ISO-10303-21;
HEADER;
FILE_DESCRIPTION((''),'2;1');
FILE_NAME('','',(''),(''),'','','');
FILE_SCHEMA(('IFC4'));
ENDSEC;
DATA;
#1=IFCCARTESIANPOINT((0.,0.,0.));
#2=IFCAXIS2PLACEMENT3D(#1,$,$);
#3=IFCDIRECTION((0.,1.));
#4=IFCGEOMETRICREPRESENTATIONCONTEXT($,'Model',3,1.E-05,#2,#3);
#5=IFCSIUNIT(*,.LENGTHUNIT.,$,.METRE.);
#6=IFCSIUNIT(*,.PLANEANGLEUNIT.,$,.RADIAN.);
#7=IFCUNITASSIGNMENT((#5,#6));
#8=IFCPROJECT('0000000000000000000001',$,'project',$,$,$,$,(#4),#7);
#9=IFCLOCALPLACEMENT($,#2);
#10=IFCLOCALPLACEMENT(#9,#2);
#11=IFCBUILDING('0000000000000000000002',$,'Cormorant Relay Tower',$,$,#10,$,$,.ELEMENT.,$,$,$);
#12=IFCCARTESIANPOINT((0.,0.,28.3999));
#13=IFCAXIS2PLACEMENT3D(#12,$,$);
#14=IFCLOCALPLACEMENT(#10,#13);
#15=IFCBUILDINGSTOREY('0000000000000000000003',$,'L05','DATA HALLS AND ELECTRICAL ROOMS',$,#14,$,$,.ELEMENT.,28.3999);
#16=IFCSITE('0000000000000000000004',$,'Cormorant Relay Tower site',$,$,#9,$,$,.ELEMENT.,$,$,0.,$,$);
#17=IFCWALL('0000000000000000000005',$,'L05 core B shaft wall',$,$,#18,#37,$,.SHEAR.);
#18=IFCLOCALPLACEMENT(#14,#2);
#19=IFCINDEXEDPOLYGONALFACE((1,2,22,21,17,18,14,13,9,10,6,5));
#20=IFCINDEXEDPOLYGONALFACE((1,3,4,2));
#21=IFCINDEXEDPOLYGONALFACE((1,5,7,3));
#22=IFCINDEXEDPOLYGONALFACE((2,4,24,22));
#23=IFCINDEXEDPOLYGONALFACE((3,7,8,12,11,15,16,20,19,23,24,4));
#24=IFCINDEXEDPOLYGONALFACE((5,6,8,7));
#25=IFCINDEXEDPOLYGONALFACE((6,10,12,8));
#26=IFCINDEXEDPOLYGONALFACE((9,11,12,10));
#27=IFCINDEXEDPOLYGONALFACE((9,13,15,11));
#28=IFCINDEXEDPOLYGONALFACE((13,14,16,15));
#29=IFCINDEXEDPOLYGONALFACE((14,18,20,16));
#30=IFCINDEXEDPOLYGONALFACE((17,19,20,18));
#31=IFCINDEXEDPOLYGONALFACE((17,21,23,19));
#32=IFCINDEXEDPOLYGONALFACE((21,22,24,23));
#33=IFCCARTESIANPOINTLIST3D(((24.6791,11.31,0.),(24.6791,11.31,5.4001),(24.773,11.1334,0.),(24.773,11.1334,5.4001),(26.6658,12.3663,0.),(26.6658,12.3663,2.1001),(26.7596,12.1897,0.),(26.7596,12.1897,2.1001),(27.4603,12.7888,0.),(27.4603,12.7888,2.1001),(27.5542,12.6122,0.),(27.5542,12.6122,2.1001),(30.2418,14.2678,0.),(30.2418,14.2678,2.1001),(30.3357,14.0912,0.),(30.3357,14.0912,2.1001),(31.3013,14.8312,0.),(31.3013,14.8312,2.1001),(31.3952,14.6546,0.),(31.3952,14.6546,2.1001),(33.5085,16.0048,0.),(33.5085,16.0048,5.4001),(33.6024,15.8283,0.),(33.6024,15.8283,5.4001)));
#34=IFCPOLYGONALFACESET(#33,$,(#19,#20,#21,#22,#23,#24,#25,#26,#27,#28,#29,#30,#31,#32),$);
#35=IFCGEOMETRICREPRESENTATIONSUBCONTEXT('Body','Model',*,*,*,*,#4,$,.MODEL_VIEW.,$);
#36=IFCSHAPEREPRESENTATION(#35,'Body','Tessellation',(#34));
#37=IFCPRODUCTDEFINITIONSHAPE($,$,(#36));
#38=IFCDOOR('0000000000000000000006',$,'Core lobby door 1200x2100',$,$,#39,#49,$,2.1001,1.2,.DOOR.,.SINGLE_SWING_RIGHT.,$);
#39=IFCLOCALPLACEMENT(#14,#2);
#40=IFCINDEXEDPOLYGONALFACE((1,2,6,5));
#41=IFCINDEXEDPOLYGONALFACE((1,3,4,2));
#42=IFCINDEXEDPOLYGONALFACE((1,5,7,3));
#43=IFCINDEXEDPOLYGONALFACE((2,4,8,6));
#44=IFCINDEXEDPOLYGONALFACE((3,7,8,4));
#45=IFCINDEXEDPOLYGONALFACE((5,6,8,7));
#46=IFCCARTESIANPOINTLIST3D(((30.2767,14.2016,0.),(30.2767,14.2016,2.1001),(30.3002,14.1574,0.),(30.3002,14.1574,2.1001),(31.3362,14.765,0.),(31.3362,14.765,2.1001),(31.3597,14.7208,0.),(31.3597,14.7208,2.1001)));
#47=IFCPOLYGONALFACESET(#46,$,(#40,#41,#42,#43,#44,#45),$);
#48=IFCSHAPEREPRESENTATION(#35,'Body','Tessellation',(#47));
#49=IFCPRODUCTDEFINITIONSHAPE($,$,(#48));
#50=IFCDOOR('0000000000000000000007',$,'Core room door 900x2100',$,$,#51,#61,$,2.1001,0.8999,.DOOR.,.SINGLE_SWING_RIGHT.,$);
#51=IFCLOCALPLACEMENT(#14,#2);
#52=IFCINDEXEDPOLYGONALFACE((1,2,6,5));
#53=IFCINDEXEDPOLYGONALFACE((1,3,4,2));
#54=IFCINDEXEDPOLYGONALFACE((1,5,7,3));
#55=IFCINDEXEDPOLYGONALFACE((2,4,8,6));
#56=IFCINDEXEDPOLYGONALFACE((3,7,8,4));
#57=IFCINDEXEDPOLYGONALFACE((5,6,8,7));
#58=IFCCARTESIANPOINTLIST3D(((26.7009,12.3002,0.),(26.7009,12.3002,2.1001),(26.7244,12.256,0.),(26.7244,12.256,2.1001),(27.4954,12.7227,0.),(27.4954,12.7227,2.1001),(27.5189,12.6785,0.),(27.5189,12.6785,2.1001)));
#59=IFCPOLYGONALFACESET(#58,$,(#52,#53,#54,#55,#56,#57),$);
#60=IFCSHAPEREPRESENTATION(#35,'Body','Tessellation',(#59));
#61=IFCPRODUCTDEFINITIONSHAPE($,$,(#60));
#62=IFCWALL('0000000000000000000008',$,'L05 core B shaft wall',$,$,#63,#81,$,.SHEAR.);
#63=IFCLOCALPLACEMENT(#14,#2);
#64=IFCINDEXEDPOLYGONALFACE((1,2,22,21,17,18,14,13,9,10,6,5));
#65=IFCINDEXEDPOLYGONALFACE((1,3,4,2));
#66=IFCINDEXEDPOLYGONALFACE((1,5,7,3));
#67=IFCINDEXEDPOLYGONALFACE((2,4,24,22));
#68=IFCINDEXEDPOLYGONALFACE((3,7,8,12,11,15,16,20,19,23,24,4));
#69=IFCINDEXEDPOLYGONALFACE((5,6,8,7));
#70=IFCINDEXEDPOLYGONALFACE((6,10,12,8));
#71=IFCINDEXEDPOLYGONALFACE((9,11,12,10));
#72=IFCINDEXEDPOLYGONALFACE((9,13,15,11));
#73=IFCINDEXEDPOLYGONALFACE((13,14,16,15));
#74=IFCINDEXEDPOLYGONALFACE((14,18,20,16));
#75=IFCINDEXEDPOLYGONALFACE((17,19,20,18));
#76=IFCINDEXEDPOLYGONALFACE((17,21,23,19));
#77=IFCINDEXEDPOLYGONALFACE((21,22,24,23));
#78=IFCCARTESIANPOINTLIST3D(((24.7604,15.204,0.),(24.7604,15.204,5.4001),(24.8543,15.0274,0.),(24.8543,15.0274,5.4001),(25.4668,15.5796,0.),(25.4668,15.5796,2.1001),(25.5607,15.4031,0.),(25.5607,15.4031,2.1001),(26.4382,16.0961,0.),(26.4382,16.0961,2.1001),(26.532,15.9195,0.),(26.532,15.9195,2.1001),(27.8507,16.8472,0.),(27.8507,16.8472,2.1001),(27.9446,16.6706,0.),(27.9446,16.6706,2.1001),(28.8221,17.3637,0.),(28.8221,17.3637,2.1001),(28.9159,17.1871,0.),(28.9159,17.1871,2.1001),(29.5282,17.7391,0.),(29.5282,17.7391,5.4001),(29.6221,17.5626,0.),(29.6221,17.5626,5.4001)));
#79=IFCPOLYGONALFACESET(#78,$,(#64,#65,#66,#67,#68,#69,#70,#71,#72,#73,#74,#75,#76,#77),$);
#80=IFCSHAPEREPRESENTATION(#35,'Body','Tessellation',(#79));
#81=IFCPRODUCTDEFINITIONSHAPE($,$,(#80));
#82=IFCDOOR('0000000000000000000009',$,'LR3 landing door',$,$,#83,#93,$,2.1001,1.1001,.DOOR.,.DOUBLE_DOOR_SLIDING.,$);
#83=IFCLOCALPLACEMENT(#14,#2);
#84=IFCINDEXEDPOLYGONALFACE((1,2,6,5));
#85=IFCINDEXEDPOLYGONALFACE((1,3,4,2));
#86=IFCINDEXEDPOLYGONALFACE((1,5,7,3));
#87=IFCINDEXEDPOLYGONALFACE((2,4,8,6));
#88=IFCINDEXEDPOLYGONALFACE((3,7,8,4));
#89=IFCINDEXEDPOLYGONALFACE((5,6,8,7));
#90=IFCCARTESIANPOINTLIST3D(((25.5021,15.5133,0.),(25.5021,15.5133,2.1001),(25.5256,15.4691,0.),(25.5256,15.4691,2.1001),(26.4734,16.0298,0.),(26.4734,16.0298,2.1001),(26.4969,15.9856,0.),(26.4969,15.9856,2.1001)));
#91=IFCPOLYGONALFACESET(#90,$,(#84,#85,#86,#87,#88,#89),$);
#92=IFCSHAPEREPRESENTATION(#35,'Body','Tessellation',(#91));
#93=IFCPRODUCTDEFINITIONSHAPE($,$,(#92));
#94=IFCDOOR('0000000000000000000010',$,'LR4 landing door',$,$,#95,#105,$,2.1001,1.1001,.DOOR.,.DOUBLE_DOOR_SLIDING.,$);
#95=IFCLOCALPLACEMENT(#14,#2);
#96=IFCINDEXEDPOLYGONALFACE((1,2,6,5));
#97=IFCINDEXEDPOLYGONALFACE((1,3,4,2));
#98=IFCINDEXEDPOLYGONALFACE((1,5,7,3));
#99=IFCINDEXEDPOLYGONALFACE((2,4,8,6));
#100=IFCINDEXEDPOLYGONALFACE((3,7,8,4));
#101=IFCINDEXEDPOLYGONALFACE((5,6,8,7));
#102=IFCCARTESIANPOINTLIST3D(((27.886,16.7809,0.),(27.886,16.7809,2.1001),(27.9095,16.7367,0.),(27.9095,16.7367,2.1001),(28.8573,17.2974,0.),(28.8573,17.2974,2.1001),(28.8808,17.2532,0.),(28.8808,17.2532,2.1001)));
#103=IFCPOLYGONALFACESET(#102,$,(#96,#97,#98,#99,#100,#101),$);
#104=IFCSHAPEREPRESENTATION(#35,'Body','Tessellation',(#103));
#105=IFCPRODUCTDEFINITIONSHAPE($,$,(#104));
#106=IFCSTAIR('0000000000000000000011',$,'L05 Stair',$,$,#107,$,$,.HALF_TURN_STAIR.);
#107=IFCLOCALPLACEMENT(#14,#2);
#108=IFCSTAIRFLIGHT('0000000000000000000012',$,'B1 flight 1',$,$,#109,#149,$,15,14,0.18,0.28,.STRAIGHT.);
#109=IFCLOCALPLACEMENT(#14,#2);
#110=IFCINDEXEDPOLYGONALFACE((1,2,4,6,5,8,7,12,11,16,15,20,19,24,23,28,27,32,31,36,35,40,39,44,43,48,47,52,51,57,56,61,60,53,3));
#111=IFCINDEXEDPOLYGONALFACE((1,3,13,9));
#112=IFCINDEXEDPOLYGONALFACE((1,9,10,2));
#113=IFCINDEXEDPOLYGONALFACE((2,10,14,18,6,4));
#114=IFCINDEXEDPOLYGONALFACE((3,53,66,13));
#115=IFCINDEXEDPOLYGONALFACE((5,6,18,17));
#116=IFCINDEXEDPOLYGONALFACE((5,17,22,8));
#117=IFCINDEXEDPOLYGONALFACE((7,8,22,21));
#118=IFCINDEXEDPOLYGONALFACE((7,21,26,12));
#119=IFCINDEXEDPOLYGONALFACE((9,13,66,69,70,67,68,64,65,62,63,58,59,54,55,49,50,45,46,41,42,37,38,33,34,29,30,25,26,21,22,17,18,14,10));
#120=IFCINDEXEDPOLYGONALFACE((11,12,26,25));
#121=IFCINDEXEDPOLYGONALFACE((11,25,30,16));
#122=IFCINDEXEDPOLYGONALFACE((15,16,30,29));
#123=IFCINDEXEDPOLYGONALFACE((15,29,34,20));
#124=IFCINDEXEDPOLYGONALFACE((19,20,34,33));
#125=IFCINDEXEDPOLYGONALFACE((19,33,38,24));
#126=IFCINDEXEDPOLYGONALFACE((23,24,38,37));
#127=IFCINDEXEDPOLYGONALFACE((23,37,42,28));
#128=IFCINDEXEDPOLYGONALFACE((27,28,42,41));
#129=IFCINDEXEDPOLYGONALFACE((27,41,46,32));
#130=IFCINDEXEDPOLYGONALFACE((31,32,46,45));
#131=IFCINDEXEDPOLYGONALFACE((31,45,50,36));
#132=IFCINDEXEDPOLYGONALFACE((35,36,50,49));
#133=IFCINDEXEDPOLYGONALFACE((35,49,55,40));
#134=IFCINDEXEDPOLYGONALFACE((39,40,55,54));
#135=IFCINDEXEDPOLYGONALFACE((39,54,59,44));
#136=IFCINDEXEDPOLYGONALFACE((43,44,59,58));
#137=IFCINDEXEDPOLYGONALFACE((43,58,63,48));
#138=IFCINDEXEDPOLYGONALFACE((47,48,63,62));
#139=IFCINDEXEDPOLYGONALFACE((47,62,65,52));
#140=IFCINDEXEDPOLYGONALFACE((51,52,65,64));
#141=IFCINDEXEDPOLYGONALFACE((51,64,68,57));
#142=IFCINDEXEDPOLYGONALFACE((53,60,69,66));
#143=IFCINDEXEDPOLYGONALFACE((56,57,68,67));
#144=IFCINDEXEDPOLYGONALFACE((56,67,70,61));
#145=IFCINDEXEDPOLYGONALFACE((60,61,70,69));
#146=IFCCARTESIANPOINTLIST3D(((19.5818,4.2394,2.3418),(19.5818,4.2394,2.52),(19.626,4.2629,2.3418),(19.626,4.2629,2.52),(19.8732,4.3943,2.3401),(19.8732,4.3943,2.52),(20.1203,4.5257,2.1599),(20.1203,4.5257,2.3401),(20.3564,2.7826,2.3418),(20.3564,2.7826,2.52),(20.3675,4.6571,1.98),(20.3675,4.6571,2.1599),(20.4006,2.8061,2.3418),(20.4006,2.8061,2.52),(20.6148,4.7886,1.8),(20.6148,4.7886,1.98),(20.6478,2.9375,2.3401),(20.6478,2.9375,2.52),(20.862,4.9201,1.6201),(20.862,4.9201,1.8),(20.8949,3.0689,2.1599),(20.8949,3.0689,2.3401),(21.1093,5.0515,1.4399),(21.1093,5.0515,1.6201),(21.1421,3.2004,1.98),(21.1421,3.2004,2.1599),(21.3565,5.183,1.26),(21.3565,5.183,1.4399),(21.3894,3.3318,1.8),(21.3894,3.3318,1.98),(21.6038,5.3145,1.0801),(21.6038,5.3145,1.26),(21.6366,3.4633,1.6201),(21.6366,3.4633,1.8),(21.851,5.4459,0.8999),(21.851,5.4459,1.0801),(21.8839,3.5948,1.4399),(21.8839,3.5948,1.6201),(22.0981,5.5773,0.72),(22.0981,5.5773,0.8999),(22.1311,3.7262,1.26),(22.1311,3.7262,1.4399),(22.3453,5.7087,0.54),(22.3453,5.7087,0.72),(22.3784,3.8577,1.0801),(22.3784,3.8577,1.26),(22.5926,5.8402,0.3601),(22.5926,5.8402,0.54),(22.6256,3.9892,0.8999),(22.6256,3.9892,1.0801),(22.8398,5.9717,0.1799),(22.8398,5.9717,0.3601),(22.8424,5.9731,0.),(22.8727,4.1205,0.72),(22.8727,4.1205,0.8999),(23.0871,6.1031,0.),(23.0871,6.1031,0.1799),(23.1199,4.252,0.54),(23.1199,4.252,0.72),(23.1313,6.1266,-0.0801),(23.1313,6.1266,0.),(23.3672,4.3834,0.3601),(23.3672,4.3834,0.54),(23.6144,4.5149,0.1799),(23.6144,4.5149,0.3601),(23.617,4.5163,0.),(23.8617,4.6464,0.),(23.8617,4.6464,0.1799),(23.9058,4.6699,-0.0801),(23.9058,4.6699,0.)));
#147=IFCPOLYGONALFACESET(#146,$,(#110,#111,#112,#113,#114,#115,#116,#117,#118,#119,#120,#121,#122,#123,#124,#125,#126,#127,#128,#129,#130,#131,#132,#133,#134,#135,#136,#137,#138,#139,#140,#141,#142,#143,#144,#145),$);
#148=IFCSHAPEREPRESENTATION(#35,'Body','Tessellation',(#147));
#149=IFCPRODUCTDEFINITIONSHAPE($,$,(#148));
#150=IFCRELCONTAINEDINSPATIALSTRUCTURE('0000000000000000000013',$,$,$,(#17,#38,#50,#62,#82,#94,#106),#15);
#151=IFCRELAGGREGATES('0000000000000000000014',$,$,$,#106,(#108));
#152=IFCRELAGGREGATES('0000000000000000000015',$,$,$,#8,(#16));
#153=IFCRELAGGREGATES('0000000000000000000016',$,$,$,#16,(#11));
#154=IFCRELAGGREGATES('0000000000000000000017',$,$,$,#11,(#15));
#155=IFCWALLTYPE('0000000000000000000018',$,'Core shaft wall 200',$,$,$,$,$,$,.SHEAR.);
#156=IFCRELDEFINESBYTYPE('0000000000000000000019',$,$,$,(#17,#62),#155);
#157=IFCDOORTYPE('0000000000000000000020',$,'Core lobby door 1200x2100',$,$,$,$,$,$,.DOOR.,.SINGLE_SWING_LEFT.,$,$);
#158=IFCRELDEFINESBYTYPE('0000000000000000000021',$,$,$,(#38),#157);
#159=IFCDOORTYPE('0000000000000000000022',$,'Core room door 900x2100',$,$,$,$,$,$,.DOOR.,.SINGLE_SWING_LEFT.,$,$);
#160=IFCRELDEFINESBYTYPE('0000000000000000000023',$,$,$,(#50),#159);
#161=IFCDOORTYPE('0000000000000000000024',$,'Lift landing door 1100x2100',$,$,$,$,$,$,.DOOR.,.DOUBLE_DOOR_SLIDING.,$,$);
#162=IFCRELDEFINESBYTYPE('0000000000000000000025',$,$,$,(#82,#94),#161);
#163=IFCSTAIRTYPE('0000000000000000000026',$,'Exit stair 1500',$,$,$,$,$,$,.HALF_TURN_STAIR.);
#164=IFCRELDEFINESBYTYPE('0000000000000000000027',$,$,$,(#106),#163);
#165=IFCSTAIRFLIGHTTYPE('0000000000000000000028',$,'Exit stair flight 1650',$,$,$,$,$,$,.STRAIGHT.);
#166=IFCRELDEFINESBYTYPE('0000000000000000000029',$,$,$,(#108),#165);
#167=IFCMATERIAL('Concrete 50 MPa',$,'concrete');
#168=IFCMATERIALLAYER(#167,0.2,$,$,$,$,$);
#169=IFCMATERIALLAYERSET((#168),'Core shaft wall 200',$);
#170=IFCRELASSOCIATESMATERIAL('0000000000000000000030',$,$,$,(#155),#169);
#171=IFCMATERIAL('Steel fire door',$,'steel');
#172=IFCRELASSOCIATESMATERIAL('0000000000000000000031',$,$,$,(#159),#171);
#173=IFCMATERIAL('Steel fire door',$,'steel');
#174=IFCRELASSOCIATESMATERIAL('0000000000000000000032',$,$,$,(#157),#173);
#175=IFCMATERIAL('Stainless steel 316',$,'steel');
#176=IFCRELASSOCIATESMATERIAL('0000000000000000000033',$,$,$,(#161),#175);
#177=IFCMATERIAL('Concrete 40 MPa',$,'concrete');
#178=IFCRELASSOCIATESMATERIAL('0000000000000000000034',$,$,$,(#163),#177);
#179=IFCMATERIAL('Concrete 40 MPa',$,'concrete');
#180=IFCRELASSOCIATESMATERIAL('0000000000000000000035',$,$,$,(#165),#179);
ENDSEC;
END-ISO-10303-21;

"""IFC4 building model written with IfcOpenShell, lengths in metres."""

from ifc_helpers import new_model, si_unit, direction, frame, frame_2d, origin, place, context, subcontext, project, spatial, polyline, rectangle, outline, extrude, material, layer, layer_set, type_object, element, fill, aggregate, save


model = new_model("IFC4")

# Units and contexts
model_context = context("Model", 3, precision=1e-05, world=origin(), true_north=direction((0.0, 1.0)))
body_context = subcontext(model_context, "Body", "Model", "MODEL_VIEW")
ifc_project = project(units=[si_unit("LENGTHUNIT", "METRE"), si_unit("PLANEANGLEUNIT", "RADIAN")], contexts=[model_context])

# Site, building, storey
site_placement = place(None, origin())
site = spatial("IfcSite", under=ifc_project, at=site_placement, Name="Cormorant Relay Tower site", CompositionType="ELEMENT", RefElevation=0.0)
building_placement = place(site_placement, origin())
building = spatial("IfcBuilding", under=site, at=building_placement, Name="Cormorant Relay Tower", CompositionType="ELEMENT")
storey_placement = place(building_placement, frame((0.0, 0.0, 28.3999)))
storey = spatial("IfcBuildingStorey", under=building, at=storey_placement, Name="L05", Description="DATA HALLS AND ELECTRICAL ROOMS", CompositionType="ELEMENT", Elevation=28.3999)

# Shared definitions
ifc_material_1 = material(Name="Concrete 50 MPa", Category="concrete")
ifc_layer_1 = layer(ifc_material_1, 0.2)
ifc_layer_set_1 = layer_set([ifc_layer_1], Name="Core shaft wall 200")
wall_type_1 = type_object("IfcWallType", Name="Core shaft wall 200", PredefinedType="SHEAR", material=ifc_layer_set_1)
ifc_material_2 = material(Name="Steel fire door", Category="steel")
door_type_1 = type_object("IfcDoorType", Name="Core room door 900x2100", OperationType="SINGLE_SWING_LEFT", PredefinedType="DOOR", material=ifc_material_2)

# Walls, openings, doors
wall_1_placement = place(storey_placement, frame((24.7261, 11.2217, 0.0), z_axis=(0.0, 0.0, 1.0), x_axis=(0.88294, 0.469485, 0.0)))
wall_1 = element("IfcWall", 1, at=wall_1_placement, inside=storey, type_object=wall_type_1, Name="L05 core B shaft wall", PredefinedType="SHEAR", context=body_context, shape_type="SweptSolid", body=[
    extrude(rectangle(XDim=10.0, YDim=0.2, at=frame_2d((5.0, 0.0))), origin(), (0.0, 0.0, 1.0), 5.4001),
])
opening_1_placement = place(wall_1_placement, frame((6.3, 0.0, 0.0)))
opening_1 = element("IfcOpeningElement", 2, at=opening_1_placement, cuts=wall_1, PredefinedType="OPENING", context=body_context, shape_type="SweptSolid", body=[
    extrude(rectangle(XDim=1.2, YDim=2.1001, at=frame_2d((0.6001, 1.05))), frame((0.0, 0.1099, 0.0), z_axis=(0.0, -1.0, 0.0), x_axis=(1.0, 0.0, 0.0)), (0.0, 0.0, 1.0), 0.22),
])
opening_2_placement = place(wall_1_placement, frame((2.25, 0.0, 0.0)))
opening_2 = element("IfcOpeningElement", 3, at=opening_2_placement, cuts=wall_1, PredefinedType="OPENING", context=body_context, shape_type="SweptSolid", body=[
    extrude(rectangle(XDim=0.8999, YDim=2.1001, at=frame_2d((0.45, 1.05))), frame((0.0, 0.1099, 0.0), z_axis=(0.0, -1.0, 0.0), x_axis=(1.0, 0.0, 0.0)), (0.0, 0.0, 1.0), 0.22),
])
ifc_material_3 = material(Name="Steel fire door", Category="steel")
door_type_2 = type_object("IfcDoorType", Name="Core lobby door 1200x2100", OperationType="SINGLE_SWING_LEFT", PredefinedType="DOOR", material=ifc_material_3)
door_1_placement = place(opening_1_placement, frame((1.2, 0.0, 0.0), z_axis=(0.0, 0.0, 1.0), x_axis=(-1.0, 0.0, 0.0)))
door_1 = element("IfcDoor", 4, at=door_1_placement, inside=storey, type_object=door_type_2, Name="Core lobby door 1200x2100", OperationType="SINGLE_SWING_RIGHT", OverallHeight=2.1001, OverallWidth=1.2, PredefinedType="DOOR", context=body_context, shape_type="SweptSolid", body=[
    extrude(rectangle(XDim=1.2, YDim=2.1001, at=frame_2d((0.6001, 1.05))), frame((0.0, 0.0249, 0.0), z_axis=(0.0, -1.0, 0.0), x_axis=(1.0, 0.0, 0.0)), (0.0, 0.0, 1.0), 0.05),
])
fill(opening_1, door_1)
door_2_placement = place(opening_2_placement, frame((0.8999, 0.0, 0.0), z_axis=(0.0, 0.0, 1.0), x_axis=(-1.0, 0.0, 0.0)))
door_2 = element("IfcDoor", 5, at=door_2_placement, inside=storey, type_object=door_type_1, Name="Core room door 900x2100", OperationType="SINGLE_SWING_RIGHT", OverallHeight=2.1001, OverallWidth=0.8999, PredefinedType="DOOR", context=body_context, shape_type="SweptSolid", body=[
    extrude(rectangle(XDim=0.8999, YDim=2.1001, at=frame_2d((0.45, 1.05))), frame((0.0, 0.0249, 0.0), z_axis=(0.0, -1.0, 0.0), x_axis=(1.0, 0.0, 0.0)), (0.0, 0.0, 1.0), 0.05),
])
fill(opening_2, door_2)
wall_2_placement = place(storey_placement, frame((24.8074, 15.1157, 0.0), z_axis=(0.0, 0.0, 1.0), x_axis=(0.882943, 0.46948, 0.0)))
wall_2 = element("IfcWall", 6, at=wall_2_placement, inside=storey, type_object=wall_type_1, Name="L05 core B shaft wall", PredefinedType="SHEAR", context=body_context, shape_type="SweptSolid", body=[
    extrude(rectangle(XDim=5.3999, YDim=0.2, at=frame_2d((2.7, 0.0))), origin(), (0.0, 0.0, 1.0), 5.4001),
])
opening_3_placement = place(wall_2_placement, frame((0.8, 0.0, 0.0)))
opening_3 = element("IfcOpeningElement", 7, at=opening_3_placement, cuts=wall_2, PredefinedType="OPENING", context=body_context, shape_type="SweptSolid", body=[
    extrude(rectangle(XDim=1.1001, YDim=2.1001, at=frame_2d((0.55, 1.05))), frame((0.0, 0.1099, 0.0), z_axis=(0.0, -1.0, 0.0), x_axis=(1.0, 0.0, 0.0)), (0.0, 0.0, 1.0), 0.22),
])
opening_4_placement = place(wall_2_placement, frame((3.5, 0.0, 0.0)))
opening_4 = element("IfcOpeningElement", 8, at=opening_4_placement, cuts=wall_2, PredefinedType="OPENING", context=body_context, shape_type="SweptSolid", body=[
    extrude(rectangle(XDim=1.1001, YDim=2.1001, at=frame_2d((0.55, 1.05))), frame((0.0, 0.1099, 0.0), z_axis=(0.0, -1.0, 0.0), x_axis=(1.0, 0.0, 0.0)), (0.0, 0.0, 1.0), 0.22),
])
ifc_material_4 = material(Name="Stainless steel 316", Category="steel")
door_type_3 = type_object("IfcDoorType", Name="Lift landing door 1100x2100", OperationType="DOUBLE_DOOR_SLIDING", PredefinedType="DOOR", material=ifc_material_4)
door_3_placement = place(opening_3_placement, origin())
door_3 = element("IfcDoor", 9, at=door_3_placement, inside=storey, type_object=door_type_3, Name="LR3 landing door", OperationType="DOUBLE_DOOR_SLIDING", OverallHeight=2.1001, OverallWidth=1.1001, PredefinedType="DOOR", context=body_context, shape_type="SweptSolid", body=[
    extrude(rectangle(XDim=1.1001, YDim=2.1001, at=frame_2d((0.55, 1.05))), frame((0.0, 0.0249, 0.0), z_axis=(0.0, -1.0, 0.0), x_axis=(1.0, 0.0, 0.0)), (0.0, 0.0, 1.0), 0.05),
])
fill(opening_3, door_3)
door_4_placement = place(opening_4_placement, origin())
door_4 = element("IfcDoor", 10, at=door_4_placement, inside=storey, type_object=door_type_3, Name="LR4 landing door", OperationType="DOUBLE_DOOR_SLIDING", OverallHeight=2.1001, OverallWidth=1.1001, PredefinedType="DOOR", context=body_context, shape_type="SweptSolid", body=[
    extrude(rectangle(XDim=1.1001, YDim=2.1001, at=frame_2d((0.55, 1.05))), frame((0.0, 0.0249, 0.0), z_axis=(0.0, -1.0, 0.0), x_axis=(1.0, 0.0, 0.0)), (0.0, 0.0, 1.0), 0.05),
])
fill(opening_4, door_4)

# Stair, stair flight
ifc_material_5 = material(Name="Concrete 40 MPa", Category="concrete")
stair_type = type_object("IfcStairType", Name="Exit stair 1500", PredefinedType="HALF_TURN_STAIR", material=ifc_material_5)
stair_placement = place(storey_placement, origin())
stair = element("IfcStair", 11, at=stair_placement, inside=storey, type_object=stair_type, Name="L05 Stair", PredefinedType="HALF_TURN_STAIR")
ifc_material_6 = material(Name="Concrete 40 MPa", Category="concrete")
stair_flight_type = type_object("IfcStairFlightType", Name="Exit stair flight 1650", PredefinedType="STRAIGHT", material=ifc_material_6)
stair_flight_placement = place(storey_placement, frame((23.4744, 5.3748, 0.0), z_axis=(0.0, 0.0, 1.0), x_axis=(-0.882948, -0.469472, 0.0)))
stair_flight = element("IfcStairFlight", 12, at=stair_flight_placement, type_object=stair_flight_type, Name="B1 flight 1", NumberOfRisers=15, NumberOfTreads=14, PredefinedType="STRAIGHT", RiserHeight=0.18, TreadLength=0.28, context=body_context, shape_type="SweptSolid", body=[
    extrude(outline(polyline([(-0.05, -0.0801), (-0.05, 0.0), (0.0, 0.0), (0.0, 0.1799), (0.28, 0.1799), (0.28, 0.3601), (0.5601, 0.3601), (0.5601, 0.54), (0.8401, 0.54), (0.8401, 0.72), (1.1201, 0.72), (1.1201, 0.8999), (1.3999, 0.8999), (1.3999, 1.0801), (1.6799, 1.0801), (1.6799, 1.26), (1.96, 1.26), (1.96, 1.4399), (2.24, 1.4399), (2.24, 1.6201), (2.52, 1.6201), (2.52, 1.8), (2.8, 1.8), (2.8, 1.98), (3.0801, 1.98), (3.0801, 2.1599), (3.3601, 2.1599), (3.3601, 2.3401), (3.6399, 2.3401), (3.6399, 2.52), (3.9199, 2.52), (3.97, 2.52), (3.97, 2.3418), (3.9199, 2.3418), (0.2771, 0.0), (-0.05, -0.0801)])), frame((0.0, 0.825, 0.0), z_axis=(0.0, -1.0, 0.0), x_axis=(1.0, 0.0, 0.0)), (0.0, 0.0, 1.0), 1.6499),
])
aggregate(stair, [stair_flight])

save(model, "model.ifc")
